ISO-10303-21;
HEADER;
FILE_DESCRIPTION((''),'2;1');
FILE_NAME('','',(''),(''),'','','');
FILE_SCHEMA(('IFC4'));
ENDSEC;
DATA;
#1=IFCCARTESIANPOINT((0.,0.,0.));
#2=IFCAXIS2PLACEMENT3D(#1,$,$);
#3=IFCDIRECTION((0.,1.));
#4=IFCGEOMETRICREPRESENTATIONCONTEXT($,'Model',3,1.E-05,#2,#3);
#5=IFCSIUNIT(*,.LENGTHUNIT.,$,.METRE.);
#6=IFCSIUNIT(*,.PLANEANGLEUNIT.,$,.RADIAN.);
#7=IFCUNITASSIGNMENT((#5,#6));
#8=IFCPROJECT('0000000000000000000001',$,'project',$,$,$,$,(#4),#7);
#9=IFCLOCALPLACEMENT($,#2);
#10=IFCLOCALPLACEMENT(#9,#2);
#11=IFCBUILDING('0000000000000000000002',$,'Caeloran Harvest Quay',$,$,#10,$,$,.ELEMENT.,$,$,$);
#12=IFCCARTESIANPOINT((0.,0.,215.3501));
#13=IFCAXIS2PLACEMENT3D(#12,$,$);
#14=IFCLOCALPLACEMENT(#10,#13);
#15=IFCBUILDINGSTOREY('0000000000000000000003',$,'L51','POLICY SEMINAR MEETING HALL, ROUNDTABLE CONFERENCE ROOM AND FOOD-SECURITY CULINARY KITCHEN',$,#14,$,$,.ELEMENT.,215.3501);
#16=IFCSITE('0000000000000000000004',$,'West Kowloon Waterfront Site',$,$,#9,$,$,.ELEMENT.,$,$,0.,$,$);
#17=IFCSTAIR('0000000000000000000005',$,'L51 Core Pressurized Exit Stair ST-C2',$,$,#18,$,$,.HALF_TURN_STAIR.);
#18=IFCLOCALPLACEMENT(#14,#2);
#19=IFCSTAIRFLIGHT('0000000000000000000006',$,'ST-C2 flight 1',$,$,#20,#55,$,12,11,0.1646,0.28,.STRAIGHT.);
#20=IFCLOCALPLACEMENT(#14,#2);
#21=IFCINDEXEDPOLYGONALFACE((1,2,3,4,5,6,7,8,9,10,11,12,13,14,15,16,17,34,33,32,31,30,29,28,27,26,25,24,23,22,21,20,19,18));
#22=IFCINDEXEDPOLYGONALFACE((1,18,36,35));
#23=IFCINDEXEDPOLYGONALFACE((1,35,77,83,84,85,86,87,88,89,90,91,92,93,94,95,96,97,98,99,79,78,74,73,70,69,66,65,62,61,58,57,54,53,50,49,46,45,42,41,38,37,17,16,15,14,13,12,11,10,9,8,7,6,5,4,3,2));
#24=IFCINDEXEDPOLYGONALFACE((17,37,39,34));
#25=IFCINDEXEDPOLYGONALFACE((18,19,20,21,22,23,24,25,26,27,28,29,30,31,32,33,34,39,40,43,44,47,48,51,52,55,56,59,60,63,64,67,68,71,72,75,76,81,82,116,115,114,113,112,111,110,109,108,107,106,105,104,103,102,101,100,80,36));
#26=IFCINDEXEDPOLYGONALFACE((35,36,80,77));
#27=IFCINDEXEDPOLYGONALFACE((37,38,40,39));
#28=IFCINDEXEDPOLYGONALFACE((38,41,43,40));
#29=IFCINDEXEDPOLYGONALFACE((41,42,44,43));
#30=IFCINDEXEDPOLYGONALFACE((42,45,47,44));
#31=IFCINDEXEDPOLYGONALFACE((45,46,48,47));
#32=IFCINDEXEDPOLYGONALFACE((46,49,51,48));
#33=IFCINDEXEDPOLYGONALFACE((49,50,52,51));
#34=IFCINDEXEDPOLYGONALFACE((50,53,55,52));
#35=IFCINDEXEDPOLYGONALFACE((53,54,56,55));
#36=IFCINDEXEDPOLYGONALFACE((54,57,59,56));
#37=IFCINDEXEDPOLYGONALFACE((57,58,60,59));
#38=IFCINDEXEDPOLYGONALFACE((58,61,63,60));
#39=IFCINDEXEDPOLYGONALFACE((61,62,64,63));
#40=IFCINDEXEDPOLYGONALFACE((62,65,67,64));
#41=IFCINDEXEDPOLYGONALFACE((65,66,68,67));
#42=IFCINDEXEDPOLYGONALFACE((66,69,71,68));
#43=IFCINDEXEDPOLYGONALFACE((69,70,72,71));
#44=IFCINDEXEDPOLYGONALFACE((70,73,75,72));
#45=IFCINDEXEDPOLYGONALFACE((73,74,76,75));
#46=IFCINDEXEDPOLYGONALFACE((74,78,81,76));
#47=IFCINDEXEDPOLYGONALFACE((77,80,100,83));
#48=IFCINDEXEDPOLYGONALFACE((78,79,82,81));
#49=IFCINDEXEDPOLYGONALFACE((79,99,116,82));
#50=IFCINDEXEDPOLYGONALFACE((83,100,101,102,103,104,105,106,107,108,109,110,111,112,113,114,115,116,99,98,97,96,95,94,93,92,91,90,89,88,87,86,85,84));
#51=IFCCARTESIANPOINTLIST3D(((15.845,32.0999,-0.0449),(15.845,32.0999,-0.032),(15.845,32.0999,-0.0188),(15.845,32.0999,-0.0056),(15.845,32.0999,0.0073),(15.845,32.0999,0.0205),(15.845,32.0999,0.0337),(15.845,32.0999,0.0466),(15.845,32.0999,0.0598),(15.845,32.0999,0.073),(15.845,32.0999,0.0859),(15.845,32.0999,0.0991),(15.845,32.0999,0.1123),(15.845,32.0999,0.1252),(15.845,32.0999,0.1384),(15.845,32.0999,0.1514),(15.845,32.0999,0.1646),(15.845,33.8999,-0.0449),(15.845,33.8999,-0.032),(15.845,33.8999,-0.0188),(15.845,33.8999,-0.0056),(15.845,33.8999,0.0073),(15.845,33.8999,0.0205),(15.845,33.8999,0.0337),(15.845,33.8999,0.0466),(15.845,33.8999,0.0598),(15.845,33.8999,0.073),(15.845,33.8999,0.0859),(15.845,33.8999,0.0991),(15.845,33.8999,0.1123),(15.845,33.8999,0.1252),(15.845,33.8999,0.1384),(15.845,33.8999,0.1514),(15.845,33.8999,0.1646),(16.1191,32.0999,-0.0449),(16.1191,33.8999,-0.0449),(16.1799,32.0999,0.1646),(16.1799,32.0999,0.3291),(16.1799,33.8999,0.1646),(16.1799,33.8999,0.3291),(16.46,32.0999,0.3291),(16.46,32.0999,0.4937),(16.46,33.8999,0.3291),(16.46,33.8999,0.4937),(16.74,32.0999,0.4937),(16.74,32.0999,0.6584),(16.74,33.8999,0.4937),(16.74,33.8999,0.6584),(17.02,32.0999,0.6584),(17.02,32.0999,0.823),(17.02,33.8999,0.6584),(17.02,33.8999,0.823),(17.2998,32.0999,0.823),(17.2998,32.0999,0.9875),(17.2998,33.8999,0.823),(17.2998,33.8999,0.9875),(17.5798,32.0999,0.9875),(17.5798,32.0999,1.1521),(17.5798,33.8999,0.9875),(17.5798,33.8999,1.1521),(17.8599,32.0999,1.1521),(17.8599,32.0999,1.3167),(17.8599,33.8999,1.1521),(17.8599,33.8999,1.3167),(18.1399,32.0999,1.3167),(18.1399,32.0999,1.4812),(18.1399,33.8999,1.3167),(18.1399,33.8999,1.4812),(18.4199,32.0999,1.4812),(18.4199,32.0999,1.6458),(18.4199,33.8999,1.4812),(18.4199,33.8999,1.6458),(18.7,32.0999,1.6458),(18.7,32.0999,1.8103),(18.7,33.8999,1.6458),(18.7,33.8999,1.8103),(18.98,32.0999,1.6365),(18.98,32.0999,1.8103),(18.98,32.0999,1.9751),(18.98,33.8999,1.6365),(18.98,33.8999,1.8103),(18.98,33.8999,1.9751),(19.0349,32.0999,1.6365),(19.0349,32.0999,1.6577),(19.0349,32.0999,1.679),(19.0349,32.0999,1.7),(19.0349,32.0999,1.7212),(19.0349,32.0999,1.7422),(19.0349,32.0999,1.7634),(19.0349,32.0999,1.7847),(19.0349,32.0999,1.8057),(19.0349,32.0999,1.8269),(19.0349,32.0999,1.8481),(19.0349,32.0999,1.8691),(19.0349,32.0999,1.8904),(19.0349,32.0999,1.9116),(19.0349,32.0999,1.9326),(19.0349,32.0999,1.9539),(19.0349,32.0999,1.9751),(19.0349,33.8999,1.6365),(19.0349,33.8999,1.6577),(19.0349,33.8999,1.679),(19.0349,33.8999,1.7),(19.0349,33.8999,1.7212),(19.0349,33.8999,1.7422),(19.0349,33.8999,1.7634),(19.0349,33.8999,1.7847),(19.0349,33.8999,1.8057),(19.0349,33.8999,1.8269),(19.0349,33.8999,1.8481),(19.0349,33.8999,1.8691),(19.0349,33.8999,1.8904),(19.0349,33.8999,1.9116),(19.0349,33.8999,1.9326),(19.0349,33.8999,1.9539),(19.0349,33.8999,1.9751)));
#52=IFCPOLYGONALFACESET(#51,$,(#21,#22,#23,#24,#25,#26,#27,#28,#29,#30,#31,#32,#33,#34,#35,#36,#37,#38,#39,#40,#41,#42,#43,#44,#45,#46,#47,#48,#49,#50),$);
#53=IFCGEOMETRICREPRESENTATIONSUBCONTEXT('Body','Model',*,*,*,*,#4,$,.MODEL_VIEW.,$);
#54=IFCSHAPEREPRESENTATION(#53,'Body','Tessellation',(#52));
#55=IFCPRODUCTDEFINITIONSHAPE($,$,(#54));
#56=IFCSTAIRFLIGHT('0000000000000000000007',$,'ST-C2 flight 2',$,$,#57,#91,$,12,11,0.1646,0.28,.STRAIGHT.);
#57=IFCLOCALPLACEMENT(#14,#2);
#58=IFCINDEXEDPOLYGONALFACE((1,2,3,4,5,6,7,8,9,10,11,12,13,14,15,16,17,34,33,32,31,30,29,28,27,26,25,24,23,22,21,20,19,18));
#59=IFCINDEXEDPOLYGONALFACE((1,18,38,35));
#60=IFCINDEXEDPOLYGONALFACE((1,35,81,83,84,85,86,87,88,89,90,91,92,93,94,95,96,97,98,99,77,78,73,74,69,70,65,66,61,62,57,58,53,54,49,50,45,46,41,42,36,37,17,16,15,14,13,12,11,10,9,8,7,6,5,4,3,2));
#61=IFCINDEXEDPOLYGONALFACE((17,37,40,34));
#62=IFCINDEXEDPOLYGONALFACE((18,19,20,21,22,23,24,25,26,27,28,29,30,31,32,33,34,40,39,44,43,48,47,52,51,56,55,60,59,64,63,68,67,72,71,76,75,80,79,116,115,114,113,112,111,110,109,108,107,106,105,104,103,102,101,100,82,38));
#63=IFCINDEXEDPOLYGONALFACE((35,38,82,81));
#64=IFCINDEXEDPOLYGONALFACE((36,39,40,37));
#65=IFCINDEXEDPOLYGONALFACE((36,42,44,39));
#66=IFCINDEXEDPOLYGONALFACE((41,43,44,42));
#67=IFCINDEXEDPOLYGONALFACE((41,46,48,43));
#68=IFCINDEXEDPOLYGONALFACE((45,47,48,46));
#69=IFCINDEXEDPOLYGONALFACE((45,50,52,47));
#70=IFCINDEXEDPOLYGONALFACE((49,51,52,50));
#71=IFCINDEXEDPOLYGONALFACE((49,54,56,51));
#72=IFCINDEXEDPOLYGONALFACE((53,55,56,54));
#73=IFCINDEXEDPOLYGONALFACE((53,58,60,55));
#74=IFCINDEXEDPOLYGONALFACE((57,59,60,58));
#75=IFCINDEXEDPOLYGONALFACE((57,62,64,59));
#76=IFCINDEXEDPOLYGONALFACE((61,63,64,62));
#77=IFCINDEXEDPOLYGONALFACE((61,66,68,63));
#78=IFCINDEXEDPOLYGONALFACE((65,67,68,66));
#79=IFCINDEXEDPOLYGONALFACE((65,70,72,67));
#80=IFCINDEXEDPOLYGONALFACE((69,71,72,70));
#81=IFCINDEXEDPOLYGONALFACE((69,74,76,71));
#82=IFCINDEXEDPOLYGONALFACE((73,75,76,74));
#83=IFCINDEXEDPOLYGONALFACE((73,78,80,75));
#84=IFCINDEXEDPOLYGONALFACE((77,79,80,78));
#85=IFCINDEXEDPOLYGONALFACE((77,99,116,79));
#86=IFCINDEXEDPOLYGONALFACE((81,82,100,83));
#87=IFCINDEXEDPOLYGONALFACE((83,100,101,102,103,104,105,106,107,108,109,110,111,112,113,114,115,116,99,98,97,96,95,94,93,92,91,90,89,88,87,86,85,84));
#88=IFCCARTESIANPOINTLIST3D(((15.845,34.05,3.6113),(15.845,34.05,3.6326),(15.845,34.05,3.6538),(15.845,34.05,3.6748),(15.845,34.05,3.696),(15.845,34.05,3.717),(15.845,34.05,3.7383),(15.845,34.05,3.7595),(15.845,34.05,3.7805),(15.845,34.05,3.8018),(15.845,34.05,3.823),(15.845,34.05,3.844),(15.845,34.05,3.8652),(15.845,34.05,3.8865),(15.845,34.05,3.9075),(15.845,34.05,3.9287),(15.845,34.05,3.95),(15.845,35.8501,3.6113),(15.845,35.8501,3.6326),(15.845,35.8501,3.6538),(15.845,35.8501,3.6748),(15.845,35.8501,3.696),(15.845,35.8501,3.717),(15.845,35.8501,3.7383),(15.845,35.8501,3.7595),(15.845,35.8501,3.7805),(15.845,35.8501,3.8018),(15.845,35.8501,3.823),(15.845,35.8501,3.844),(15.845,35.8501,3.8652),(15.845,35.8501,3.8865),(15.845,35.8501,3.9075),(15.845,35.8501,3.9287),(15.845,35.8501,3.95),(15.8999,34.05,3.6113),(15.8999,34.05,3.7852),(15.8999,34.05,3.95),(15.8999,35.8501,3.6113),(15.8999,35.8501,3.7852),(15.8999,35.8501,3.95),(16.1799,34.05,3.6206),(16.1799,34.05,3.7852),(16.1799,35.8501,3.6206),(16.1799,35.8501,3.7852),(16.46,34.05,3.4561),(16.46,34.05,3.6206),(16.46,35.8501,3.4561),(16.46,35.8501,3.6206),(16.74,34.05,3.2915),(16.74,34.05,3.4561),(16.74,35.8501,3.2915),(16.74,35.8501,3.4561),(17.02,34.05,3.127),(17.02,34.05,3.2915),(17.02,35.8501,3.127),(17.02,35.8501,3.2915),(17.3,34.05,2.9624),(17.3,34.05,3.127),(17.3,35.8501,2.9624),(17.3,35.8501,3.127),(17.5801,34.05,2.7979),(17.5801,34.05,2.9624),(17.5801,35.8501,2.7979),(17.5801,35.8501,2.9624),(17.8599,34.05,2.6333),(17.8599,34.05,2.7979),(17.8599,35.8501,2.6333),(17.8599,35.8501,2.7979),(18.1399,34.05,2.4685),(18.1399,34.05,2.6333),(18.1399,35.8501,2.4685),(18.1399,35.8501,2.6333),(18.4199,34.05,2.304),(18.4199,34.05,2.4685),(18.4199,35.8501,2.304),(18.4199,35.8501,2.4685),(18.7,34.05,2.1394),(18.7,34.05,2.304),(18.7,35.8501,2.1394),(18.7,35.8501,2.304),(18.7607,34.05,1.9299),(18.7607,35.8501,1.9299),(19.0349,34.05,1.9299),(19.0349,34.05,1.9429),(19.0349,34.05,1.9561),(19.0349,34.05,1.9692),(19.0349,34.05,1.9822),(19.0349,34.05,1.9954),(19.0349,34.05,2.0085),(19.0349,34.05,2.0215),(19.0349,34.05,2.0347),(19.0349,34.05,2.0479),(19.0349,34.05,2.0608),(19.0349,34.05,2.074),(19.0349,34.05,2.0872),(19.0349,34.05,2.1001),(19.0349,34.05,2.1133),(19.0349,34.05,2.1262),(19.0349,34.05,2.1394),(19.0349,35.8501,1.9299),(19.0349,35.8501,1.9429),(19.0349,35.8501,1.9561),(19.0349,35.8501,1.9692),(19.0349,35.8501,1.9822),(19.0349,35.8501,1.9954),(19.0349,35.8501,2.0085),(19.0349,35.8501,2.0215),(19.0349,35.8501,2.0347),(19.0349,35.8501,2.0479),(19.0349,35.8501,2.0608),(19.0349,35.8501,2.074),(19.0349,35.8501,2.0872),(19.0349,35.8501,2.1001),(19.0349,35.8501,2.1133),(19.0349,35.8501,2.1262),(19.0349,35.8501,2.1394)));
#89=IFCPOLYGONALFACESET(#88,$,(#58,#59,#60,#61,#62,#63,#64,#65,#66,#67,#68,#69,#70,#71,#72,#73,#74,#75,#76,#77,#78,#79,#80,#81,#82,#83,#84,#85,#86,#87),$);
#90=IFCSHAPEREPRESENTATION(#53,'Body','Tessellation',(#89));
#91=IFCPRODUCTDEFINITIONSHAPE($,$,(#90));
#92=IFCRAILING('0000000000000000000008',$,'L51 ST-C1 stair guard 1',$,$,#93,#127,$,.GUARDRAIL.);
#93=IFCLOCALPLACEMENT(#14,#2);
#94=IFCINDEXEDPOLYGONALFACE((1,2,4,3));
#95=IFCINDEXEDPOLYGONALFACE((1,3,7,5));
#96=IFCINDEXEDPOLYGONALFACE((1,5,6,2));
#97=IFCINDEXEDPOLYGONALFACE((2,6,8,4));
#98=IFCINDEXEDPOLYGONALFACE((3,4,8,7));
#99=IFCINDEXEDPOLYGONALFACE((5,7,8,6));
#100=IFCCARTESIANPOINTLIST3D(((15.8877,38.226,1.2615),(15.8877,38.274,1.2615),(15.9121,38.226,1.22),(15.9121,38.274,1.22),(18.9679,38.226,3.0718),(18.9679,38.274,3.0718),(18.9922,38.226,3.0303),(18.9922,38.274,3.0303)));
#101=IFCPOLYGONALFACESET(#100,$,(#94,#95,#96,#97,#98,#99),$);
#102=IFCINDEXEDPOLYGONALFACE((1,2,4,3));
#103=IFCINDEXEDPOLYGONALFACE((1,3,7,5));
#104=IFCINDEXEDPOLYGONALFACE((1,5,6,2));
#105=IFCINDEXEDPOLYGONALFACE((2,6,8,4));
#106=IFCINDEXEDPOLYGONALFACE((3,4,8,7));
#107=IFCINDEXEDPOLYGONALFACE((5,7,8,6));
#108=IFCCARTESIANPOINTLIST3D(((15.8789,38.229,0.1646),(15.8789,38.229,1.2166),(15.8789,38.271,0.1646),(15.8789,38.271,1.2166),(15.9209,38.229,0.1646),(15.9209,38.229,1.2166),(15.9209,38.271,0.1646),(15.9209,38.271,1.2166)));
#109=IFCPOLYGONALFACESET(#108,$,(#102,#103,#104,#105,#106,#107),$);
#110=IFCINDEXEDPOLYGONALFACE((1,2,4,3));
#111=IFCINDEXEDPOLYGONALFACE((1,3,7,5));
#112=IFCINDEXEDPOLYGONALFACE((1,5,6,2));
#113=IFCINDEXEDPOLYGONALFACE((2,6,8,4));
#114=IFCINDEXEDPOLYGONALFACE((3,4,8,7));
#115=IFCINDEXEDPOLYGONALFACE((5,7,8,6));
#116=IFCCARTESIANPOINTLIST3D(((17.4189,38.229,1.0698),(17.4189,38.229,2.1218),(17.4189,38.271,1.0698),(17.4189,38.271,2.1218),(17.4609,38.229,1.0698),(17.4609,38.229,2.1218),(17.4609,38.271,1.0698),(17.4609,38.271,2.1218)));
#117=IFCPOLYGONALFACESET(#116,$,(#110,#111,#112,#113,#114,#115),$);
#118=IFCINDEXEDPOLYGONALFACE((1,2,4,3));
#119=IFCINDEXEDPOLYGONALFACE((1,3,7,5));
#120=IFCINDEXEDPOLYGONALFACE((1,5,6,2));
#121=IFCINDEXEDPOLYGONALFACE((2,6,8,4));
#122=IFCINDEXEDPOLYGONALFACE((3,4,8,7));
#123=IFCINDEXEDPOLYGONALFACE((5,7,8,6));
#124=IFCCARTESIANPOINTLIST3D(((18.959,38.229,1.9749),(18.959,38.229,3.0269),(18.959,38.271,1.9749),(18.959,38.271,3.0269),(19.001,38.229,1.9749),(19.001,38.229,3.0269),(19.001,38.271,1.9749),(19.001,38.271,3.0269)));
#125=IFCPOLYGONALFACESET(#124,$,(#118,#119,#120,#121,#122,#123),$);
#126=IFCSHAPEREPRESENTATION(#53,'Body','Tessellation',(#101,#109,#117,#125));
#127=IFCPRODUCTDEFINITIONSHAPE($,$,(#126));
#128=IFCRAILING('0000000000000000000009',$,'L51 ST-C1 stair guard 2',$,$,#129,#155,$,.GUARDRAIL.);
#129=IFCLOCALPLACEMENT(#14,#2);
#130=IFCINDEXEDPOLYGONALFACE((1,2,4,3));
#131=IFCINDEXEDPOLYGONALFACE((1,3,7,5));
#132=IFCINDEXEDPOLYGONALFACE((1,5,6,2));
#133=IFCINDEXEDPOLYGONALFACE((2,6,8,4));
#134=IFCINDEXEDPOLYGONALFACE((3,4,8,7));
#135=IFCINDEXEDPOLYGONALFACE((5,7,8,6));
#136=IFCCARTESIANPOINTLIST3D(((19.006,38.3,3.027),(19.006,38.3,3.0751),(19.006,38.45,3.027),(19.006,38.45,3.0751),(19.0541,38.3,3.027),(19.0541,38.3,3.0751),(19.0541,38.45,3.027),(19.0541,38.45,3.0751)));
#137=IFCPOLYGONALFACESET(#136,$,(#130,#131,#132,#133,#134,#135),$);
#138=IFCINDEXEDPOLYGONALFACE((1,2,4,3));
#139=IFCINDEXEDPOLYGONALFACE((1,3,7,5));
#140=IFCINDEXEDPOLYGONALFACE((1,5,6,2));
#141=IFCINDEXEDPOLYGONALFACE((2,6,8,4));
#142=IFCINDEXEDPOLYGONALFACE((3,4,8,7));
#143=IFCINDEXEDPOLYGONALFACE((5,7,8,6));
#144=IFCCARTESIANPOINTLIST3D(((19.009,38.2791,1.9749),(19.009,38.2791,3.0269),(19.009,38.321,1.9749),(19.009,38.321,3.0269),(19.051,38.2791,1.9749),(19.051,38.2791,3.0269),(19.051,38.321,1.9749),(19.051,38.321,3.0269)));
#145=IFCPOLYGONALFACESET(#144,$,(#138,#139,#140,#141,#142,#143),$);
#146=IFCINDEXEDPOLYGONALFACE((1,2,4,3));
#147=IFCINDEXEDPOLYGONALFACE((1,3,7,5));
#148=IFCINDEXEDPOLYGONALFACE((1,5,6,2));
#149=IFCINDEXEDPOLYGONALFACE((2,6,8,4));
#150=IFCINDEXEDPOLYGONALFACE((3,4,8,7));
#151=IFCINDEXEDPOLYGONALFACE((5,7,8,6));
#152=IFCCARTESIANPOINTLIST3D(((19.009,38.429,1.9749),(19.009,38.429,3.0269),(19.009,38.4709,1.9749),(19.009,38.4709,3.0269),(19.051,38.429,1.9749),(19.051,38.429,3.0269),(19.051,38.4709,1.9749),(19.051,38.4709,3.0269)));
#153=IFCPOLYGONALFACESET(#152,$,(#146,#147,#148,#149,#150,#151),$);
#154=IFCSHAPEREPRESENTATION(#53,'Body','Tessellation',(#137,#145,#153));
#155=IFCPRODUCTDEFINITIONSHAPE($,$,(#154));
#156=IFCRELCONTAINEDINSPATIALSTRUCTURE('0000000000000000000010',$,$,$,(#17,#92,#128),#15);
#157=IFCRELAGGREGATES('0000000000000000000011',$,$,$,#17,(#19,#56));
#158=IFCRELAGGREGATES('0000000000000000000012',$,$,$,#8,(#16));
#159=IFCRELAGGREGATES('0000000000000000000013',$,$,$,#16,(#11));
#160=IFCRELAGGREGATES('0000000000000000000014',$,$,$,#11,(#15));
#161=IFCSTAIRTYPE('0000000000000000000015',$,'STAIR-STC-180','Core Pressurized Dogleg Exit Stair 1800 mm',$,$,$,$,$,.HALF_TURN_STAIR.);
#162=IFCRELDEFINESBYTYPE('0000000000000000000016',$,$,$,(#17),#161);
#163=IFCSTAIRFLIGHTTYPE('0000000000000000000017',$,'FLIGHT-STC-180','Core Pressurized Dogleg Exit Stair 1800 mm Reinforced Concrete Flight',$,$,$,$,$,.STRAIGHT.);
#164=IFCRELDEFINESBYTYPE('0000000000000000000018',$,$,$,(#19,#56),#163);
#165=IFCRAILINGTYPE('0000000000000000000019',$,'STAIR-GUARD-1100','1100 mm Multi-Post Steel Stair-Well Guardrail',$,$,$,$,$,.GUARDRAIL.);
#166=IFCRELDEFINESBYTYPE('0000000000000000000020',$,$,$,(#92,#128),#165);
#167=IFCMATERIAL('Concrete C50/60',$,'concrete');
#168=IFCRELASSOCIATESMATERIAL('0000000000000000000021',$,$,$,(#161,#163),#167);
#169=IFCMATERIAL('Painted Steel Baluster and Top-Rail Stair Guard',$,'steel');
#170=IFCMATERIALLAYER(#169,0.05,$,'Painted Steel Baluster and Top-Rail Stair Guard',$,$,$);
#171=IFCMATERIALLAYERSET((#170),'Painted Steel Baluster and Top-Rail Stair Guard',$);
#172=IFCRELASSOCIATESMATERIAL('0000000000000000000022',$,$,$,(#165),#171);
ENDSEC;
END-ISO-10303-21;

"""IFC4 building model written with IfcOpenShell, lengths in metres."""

from ifc_helpers import new_model, si_unit, direction, frame, origin, origin_2d, place, context, subcontext, project, spatial, polyline, rectangle, outline, extrude, material, layer, layer_set, type_object, element, aggregate, save


model = new_model("IFC4")

# Units and contexts
model_context = context("Model", 3, precision=1e-05, world=origin(), true_north=direction((0.0, 1.0)))
body_context = subcontext(model_context, "Body", "Model", "MODEL_VIEW")
ifc_project = project(units=[si_unit("LENGTHUNIT", "METRE"), si_unit("PLANEANGLEUNIT", "RADIAN")], contexts=[model_context])

# Site, building, storey
site_placement = place(None, origin())
site = spatial("IfcSite", under=ifc_project, at=site_placement, Name="West Kowloon Waterfront Site", CompositionType="ELEMENT", RefElevation=0.0)
building_placement = place(site_placement, origin())
building = spatial("IfcBuilding", under=site, at=building_placement, Name="Caeloran Harvest Quay", CompositionType="ELEMENT")
storey_placement = place(building_placement, frame((0.0, 0.0, 215.3501)))
storey = spatial("IfcBuildingStorey", under=building, at=storey_placement, Name="L51", Description="POLICY SEMINAR MEETING HALL, ROUNDTABLE CONFERENCE ROOM AND FOOD-SECURITY CULINARY KITCHEN", CompositionType="ELEMENT", Elevation=215.3501)

# Shared definitions
ifc_material_1 = material(Name="Concrete C50/60", Category="concrete")

# Stair, stair flights
stair_type = type_object("IfcStairType", Name="STAIR-STC-180", Description="Core Pressurized Dogleg Exit Stair 1800 mm", PredefinedType="HALF_TURN_STAIR", material=ifc_material_1)
stair_flight_type = type_object("IfcStairFlightType", Name="FLIGHT-STC-180", Description="Core Pressurized Dogleg Exit Stair 1800 mm Reinforced Concrete Flight", PredefinedType="STRAIGHT", material=ifc_material_1)
stair_1_placement = place(storey_placement, origin())
stair_1 = element("IfcStair", 1, at=stair_1_placement, inside=storey, type_object=stair_type, Name="L51 Core Pressurized Exit Stair ST-C2", PredefinedType="HALF_TURN_STAIR")
stair_flight_1_placement = place(storey_placement, frame((15.8999, 33.0, 0.0), z_axis=(0.0, 0.0, 1.0), x_axis=(1.0, 0.0, 0.0)))
stair_flight_1 = element("IfcStairFlight", 2, at=stair_flight_1_placement, type_object=stair_flight_type, Name="ST-C2 flight 1", NumberOfRisers=12, NumberOfTreads=11, PredefinedType="STRAIGHT", RiserHeight=0.1646, TreadLength=0.28, context=body_context, shape_type="SweptSolid", body=[
    extrude(outline(polyline([(-0.0549, -0.0449), (-0.0549, -0.032), (-0.0549, -0.0188), (-0.0549, -0.0056), (-0.0549, 0.0073), (-0.0549, 0.0205), (-0.0549, 0.0337), (-0.0549, 0.0466), (-0.0549, 0.0598), (-0.0549, 0.073), (-0.0549, 0.0859), (-0.0549, 0.0991), (-0.0549, 0.1123), (-0.0549, 0.1252), (-0.0549, 0.1384), (-0.0549, 0.1514), (-0.0549, 0.1646), (0.28, 0.1646), (0.28, 0.3291), (0.5601, 0.3291), (0.5601, 0.4937), (0.8401, 0.4937), (0.8401, 0.6584), (1.1201, 0.6584), (1.1201, 0.823), (1.3999, 0.823), (1.3999, 0.9875), (1.6799, 0.9875), (1.6799, 1.1521), (1.96, 1.1521), (1.96, 1.3167), (2.24, 1.3167), (2.24, 1.4812), (2.52, 1.4812), (2.52, 1.6458), (2.8, 1.6458), (2.8, 1.8103), (3.0801, 1.8103), (3.0801, 1.9751), (3.135, 1.9751), (3.135, 1.9539), (3.135, 1.9326), (3.135, 1.9116), (3.135, 1.8904), (3.135, 1.8691), (3.135, 1.8481), (3.135, 1.8269), (3.135, 1.8057), (3.135, 1.7847), (3.135, 1.7634), (3.135, 1.7422), (3.135, 1.7212), (3.135, 1.7), (3.135, 1.679), (3.135, 1.6577), (3.135, 1.6365), (3.0801, 1.6365), (0.2192, -0.0449), (-0.0549, -0.0449)])), frame((0.0, 0.8999, 0.0), z_axis=(0.0, -1.0, 0.0), x_axis=(1.0, 0.0, 0.0)), (0.0, 0.0, 1.0), 1.8),
])
stair_flight_2_placement = place(storey_placement, frame((18.98, 34.95, 1.9749), z_axis=(0.0, 0.0, 1.0), x_axis=(-1.0, 0.0, 0.0)))
stair_flight_2 = element("IfcStairFlight", 3, at=stair_flight_2_placement, type_object=stair_flight_type, Name="ST-C2 flight 2", NumberOfRisers=12, NumberOfTreads=11, PredefinedType="STRAIGHT", RiserHeight=0.1646, TreadLength=0.28, context=body_context, shape_type="SweptSolid", body=[
    extrude(outline(polyline([(-0.0549, -0.0449), (-0.0549, -0.032), (-0.0549, -0.0188), (-0.0549, -0.0056), (-0.0549, 0.0073), (-0.0549, 0.0205), (-0.0549, 0.0337), (-0.0549, 0.0466), (-0.0549, 0.0598), (-0.0549, 0.073), (-0.0549, 0.0859), (-0.0549, 0.0991), (-0.0549, 0.1123), (-0.0549, 0.1252), (-0.0549, 0.1384), (-0.0549, 0.1514), (-0.0549, 0.1646), (0.28, 0.1646), (0.28, 0.3291), (0.5601, 0.3291), (0.5601, 0.4937), (0.8401, 0.4937), (0.8401, 0.6584), (1.1201, 0.6584), (1.1201, 0.823), (1.3999, 0.823), (1.3999, 0.9875), (1.6799, 0.9875), (1.6799, 1.1521), (1.96, 1.1521), (1.96, 1.3167), (2.24, 1.3167), (2.24, 1.4812), (2.52, 1.4812), (2.52, 1.6458), (2.8, 1.6458), (2.8, 1.8103), (3.0801, 1.8103), (3.0801, 1.9751), (3.135, 1.9751), (3.135, 1.9539), (3.135, 1.9326), (3.135, 1.9116), (3.135, 1.8904), (3.135, 1.8691), (3.135, 1.8481), (3.135, 1.8269), (3.135, 1.8057), (3.135, 1.7847), (3.135, 1.7634), (3.135, 1.7422), (3.135, 1.7212), (3.135, 1.7), (3.135, 1.679), (3.135, 1.6577), (3.135, 1.6365), (3.0801, 1.6365), (0.2192, -0.0449), (-0.0549, -0.0449)])), frame((0.0, 0.8999, 0.0), z_axis=(0.0, -1.0, 0.0), x_axis=(1.0, 0.0, 0.0)), (0.0, 0.0, 1.0), 1.8),
])
aggregate(stair_1, [stair_flight_1, stair_flight_2])

# Railings
ifc_material_2 = material(Name="Painted Steel Baluster and Top-Rail Stair Guard", Category="steel")
ifc_layer_1 = layer(ifc_material_2, 0.05, Name="Painted Steel Baluster and Top-Rail Stair Guard")
ifc_layer_set_1 = layer_set([ifc_layer_1], Name="Painted Steel Baluster and Top-Rail Stair Guard")
railing_type_1 = type_object("IfcRailingType", Name="STAIR-GUARD-1100", Description="1100 mm Multi-Post Steel Stair-Well Guardrail", PredefinedType="GUARDRAIL", material=ifc_layer_set_1)
railing_1_placement = place(storey_placement, frame((15.8999, 38.25, 0.1646)))
element("IfcRailing", 4, at=railing_1_placement, inside=storey, type_object=railing_type_1, Name="L51 ST-C1 stair guard 1", PredefinedType="GUARDRAIL", context=body_context, shape_type="SweptSolid", body=[
    extrude(rectangle(XDim=0.0481, YDim=0.0481, at=origin_2d()), frame((0.0, 0.0, 1.0762), z_axis=(0.862119, 0.0, 0.506707), x_axis=(0.0, 1.0, 0.0)), (0.0, 0.0, 1.0), 3.5728),
    extrude(rectangle(XDim=0.042, YDim=0.042, at=origin_2d()), origin(), (0.0, 0.0, 1.0), 1.052),
    extrude(rectangle(XDim=0.042, YDim=0.042, at=origin_2d()), frame((1.54, 0.0, 0.9053)), (0.0, 0.0, 1.0), 1.052),
    extrude(rectangle(XDim=0.042, YDim=0.042, at=origin_2d()), frame((3.0801, 0.0, 1.8103)), (0.0, 0.0, 1.0), 1.052),
])
railing_2_placement = place(storey_placement, frame((19.03, 38.3, 1.9749)))
element("IfcRailing", 5, at=railing_2_placement, inside=storey, type_object=railing_type_1, Name="L51 ST-C1 stair guard 2", PredefinedType="GUARDRAIL", context=body_context, shape_type="SweptSolid", body=[
    extrude(rectangle(XDim=0.0481, YDim=0.0481, at=origin_2d()), frame((0.0, 0.0, 1.0762), z_axis=(0.0, 1.0, 0.0), x_axis=(-1.0, 0.0, 0.0)), (0.0, 0.0, 1.0), 0.1499),
    extrude(rectangle(XDim=0.042, YDim=0.042, at=origin_2d()), origin(), (0.0, 0.0, 1.0), 1.052),
    extrude(rectangle(XDim=0.042, YDim=0.042, at=origin_2d()), frame((0.0, 0.1499, 0.0)), (0.0, 0.0, 1.0), 1.052),
])

save(model, "model.ifc")
